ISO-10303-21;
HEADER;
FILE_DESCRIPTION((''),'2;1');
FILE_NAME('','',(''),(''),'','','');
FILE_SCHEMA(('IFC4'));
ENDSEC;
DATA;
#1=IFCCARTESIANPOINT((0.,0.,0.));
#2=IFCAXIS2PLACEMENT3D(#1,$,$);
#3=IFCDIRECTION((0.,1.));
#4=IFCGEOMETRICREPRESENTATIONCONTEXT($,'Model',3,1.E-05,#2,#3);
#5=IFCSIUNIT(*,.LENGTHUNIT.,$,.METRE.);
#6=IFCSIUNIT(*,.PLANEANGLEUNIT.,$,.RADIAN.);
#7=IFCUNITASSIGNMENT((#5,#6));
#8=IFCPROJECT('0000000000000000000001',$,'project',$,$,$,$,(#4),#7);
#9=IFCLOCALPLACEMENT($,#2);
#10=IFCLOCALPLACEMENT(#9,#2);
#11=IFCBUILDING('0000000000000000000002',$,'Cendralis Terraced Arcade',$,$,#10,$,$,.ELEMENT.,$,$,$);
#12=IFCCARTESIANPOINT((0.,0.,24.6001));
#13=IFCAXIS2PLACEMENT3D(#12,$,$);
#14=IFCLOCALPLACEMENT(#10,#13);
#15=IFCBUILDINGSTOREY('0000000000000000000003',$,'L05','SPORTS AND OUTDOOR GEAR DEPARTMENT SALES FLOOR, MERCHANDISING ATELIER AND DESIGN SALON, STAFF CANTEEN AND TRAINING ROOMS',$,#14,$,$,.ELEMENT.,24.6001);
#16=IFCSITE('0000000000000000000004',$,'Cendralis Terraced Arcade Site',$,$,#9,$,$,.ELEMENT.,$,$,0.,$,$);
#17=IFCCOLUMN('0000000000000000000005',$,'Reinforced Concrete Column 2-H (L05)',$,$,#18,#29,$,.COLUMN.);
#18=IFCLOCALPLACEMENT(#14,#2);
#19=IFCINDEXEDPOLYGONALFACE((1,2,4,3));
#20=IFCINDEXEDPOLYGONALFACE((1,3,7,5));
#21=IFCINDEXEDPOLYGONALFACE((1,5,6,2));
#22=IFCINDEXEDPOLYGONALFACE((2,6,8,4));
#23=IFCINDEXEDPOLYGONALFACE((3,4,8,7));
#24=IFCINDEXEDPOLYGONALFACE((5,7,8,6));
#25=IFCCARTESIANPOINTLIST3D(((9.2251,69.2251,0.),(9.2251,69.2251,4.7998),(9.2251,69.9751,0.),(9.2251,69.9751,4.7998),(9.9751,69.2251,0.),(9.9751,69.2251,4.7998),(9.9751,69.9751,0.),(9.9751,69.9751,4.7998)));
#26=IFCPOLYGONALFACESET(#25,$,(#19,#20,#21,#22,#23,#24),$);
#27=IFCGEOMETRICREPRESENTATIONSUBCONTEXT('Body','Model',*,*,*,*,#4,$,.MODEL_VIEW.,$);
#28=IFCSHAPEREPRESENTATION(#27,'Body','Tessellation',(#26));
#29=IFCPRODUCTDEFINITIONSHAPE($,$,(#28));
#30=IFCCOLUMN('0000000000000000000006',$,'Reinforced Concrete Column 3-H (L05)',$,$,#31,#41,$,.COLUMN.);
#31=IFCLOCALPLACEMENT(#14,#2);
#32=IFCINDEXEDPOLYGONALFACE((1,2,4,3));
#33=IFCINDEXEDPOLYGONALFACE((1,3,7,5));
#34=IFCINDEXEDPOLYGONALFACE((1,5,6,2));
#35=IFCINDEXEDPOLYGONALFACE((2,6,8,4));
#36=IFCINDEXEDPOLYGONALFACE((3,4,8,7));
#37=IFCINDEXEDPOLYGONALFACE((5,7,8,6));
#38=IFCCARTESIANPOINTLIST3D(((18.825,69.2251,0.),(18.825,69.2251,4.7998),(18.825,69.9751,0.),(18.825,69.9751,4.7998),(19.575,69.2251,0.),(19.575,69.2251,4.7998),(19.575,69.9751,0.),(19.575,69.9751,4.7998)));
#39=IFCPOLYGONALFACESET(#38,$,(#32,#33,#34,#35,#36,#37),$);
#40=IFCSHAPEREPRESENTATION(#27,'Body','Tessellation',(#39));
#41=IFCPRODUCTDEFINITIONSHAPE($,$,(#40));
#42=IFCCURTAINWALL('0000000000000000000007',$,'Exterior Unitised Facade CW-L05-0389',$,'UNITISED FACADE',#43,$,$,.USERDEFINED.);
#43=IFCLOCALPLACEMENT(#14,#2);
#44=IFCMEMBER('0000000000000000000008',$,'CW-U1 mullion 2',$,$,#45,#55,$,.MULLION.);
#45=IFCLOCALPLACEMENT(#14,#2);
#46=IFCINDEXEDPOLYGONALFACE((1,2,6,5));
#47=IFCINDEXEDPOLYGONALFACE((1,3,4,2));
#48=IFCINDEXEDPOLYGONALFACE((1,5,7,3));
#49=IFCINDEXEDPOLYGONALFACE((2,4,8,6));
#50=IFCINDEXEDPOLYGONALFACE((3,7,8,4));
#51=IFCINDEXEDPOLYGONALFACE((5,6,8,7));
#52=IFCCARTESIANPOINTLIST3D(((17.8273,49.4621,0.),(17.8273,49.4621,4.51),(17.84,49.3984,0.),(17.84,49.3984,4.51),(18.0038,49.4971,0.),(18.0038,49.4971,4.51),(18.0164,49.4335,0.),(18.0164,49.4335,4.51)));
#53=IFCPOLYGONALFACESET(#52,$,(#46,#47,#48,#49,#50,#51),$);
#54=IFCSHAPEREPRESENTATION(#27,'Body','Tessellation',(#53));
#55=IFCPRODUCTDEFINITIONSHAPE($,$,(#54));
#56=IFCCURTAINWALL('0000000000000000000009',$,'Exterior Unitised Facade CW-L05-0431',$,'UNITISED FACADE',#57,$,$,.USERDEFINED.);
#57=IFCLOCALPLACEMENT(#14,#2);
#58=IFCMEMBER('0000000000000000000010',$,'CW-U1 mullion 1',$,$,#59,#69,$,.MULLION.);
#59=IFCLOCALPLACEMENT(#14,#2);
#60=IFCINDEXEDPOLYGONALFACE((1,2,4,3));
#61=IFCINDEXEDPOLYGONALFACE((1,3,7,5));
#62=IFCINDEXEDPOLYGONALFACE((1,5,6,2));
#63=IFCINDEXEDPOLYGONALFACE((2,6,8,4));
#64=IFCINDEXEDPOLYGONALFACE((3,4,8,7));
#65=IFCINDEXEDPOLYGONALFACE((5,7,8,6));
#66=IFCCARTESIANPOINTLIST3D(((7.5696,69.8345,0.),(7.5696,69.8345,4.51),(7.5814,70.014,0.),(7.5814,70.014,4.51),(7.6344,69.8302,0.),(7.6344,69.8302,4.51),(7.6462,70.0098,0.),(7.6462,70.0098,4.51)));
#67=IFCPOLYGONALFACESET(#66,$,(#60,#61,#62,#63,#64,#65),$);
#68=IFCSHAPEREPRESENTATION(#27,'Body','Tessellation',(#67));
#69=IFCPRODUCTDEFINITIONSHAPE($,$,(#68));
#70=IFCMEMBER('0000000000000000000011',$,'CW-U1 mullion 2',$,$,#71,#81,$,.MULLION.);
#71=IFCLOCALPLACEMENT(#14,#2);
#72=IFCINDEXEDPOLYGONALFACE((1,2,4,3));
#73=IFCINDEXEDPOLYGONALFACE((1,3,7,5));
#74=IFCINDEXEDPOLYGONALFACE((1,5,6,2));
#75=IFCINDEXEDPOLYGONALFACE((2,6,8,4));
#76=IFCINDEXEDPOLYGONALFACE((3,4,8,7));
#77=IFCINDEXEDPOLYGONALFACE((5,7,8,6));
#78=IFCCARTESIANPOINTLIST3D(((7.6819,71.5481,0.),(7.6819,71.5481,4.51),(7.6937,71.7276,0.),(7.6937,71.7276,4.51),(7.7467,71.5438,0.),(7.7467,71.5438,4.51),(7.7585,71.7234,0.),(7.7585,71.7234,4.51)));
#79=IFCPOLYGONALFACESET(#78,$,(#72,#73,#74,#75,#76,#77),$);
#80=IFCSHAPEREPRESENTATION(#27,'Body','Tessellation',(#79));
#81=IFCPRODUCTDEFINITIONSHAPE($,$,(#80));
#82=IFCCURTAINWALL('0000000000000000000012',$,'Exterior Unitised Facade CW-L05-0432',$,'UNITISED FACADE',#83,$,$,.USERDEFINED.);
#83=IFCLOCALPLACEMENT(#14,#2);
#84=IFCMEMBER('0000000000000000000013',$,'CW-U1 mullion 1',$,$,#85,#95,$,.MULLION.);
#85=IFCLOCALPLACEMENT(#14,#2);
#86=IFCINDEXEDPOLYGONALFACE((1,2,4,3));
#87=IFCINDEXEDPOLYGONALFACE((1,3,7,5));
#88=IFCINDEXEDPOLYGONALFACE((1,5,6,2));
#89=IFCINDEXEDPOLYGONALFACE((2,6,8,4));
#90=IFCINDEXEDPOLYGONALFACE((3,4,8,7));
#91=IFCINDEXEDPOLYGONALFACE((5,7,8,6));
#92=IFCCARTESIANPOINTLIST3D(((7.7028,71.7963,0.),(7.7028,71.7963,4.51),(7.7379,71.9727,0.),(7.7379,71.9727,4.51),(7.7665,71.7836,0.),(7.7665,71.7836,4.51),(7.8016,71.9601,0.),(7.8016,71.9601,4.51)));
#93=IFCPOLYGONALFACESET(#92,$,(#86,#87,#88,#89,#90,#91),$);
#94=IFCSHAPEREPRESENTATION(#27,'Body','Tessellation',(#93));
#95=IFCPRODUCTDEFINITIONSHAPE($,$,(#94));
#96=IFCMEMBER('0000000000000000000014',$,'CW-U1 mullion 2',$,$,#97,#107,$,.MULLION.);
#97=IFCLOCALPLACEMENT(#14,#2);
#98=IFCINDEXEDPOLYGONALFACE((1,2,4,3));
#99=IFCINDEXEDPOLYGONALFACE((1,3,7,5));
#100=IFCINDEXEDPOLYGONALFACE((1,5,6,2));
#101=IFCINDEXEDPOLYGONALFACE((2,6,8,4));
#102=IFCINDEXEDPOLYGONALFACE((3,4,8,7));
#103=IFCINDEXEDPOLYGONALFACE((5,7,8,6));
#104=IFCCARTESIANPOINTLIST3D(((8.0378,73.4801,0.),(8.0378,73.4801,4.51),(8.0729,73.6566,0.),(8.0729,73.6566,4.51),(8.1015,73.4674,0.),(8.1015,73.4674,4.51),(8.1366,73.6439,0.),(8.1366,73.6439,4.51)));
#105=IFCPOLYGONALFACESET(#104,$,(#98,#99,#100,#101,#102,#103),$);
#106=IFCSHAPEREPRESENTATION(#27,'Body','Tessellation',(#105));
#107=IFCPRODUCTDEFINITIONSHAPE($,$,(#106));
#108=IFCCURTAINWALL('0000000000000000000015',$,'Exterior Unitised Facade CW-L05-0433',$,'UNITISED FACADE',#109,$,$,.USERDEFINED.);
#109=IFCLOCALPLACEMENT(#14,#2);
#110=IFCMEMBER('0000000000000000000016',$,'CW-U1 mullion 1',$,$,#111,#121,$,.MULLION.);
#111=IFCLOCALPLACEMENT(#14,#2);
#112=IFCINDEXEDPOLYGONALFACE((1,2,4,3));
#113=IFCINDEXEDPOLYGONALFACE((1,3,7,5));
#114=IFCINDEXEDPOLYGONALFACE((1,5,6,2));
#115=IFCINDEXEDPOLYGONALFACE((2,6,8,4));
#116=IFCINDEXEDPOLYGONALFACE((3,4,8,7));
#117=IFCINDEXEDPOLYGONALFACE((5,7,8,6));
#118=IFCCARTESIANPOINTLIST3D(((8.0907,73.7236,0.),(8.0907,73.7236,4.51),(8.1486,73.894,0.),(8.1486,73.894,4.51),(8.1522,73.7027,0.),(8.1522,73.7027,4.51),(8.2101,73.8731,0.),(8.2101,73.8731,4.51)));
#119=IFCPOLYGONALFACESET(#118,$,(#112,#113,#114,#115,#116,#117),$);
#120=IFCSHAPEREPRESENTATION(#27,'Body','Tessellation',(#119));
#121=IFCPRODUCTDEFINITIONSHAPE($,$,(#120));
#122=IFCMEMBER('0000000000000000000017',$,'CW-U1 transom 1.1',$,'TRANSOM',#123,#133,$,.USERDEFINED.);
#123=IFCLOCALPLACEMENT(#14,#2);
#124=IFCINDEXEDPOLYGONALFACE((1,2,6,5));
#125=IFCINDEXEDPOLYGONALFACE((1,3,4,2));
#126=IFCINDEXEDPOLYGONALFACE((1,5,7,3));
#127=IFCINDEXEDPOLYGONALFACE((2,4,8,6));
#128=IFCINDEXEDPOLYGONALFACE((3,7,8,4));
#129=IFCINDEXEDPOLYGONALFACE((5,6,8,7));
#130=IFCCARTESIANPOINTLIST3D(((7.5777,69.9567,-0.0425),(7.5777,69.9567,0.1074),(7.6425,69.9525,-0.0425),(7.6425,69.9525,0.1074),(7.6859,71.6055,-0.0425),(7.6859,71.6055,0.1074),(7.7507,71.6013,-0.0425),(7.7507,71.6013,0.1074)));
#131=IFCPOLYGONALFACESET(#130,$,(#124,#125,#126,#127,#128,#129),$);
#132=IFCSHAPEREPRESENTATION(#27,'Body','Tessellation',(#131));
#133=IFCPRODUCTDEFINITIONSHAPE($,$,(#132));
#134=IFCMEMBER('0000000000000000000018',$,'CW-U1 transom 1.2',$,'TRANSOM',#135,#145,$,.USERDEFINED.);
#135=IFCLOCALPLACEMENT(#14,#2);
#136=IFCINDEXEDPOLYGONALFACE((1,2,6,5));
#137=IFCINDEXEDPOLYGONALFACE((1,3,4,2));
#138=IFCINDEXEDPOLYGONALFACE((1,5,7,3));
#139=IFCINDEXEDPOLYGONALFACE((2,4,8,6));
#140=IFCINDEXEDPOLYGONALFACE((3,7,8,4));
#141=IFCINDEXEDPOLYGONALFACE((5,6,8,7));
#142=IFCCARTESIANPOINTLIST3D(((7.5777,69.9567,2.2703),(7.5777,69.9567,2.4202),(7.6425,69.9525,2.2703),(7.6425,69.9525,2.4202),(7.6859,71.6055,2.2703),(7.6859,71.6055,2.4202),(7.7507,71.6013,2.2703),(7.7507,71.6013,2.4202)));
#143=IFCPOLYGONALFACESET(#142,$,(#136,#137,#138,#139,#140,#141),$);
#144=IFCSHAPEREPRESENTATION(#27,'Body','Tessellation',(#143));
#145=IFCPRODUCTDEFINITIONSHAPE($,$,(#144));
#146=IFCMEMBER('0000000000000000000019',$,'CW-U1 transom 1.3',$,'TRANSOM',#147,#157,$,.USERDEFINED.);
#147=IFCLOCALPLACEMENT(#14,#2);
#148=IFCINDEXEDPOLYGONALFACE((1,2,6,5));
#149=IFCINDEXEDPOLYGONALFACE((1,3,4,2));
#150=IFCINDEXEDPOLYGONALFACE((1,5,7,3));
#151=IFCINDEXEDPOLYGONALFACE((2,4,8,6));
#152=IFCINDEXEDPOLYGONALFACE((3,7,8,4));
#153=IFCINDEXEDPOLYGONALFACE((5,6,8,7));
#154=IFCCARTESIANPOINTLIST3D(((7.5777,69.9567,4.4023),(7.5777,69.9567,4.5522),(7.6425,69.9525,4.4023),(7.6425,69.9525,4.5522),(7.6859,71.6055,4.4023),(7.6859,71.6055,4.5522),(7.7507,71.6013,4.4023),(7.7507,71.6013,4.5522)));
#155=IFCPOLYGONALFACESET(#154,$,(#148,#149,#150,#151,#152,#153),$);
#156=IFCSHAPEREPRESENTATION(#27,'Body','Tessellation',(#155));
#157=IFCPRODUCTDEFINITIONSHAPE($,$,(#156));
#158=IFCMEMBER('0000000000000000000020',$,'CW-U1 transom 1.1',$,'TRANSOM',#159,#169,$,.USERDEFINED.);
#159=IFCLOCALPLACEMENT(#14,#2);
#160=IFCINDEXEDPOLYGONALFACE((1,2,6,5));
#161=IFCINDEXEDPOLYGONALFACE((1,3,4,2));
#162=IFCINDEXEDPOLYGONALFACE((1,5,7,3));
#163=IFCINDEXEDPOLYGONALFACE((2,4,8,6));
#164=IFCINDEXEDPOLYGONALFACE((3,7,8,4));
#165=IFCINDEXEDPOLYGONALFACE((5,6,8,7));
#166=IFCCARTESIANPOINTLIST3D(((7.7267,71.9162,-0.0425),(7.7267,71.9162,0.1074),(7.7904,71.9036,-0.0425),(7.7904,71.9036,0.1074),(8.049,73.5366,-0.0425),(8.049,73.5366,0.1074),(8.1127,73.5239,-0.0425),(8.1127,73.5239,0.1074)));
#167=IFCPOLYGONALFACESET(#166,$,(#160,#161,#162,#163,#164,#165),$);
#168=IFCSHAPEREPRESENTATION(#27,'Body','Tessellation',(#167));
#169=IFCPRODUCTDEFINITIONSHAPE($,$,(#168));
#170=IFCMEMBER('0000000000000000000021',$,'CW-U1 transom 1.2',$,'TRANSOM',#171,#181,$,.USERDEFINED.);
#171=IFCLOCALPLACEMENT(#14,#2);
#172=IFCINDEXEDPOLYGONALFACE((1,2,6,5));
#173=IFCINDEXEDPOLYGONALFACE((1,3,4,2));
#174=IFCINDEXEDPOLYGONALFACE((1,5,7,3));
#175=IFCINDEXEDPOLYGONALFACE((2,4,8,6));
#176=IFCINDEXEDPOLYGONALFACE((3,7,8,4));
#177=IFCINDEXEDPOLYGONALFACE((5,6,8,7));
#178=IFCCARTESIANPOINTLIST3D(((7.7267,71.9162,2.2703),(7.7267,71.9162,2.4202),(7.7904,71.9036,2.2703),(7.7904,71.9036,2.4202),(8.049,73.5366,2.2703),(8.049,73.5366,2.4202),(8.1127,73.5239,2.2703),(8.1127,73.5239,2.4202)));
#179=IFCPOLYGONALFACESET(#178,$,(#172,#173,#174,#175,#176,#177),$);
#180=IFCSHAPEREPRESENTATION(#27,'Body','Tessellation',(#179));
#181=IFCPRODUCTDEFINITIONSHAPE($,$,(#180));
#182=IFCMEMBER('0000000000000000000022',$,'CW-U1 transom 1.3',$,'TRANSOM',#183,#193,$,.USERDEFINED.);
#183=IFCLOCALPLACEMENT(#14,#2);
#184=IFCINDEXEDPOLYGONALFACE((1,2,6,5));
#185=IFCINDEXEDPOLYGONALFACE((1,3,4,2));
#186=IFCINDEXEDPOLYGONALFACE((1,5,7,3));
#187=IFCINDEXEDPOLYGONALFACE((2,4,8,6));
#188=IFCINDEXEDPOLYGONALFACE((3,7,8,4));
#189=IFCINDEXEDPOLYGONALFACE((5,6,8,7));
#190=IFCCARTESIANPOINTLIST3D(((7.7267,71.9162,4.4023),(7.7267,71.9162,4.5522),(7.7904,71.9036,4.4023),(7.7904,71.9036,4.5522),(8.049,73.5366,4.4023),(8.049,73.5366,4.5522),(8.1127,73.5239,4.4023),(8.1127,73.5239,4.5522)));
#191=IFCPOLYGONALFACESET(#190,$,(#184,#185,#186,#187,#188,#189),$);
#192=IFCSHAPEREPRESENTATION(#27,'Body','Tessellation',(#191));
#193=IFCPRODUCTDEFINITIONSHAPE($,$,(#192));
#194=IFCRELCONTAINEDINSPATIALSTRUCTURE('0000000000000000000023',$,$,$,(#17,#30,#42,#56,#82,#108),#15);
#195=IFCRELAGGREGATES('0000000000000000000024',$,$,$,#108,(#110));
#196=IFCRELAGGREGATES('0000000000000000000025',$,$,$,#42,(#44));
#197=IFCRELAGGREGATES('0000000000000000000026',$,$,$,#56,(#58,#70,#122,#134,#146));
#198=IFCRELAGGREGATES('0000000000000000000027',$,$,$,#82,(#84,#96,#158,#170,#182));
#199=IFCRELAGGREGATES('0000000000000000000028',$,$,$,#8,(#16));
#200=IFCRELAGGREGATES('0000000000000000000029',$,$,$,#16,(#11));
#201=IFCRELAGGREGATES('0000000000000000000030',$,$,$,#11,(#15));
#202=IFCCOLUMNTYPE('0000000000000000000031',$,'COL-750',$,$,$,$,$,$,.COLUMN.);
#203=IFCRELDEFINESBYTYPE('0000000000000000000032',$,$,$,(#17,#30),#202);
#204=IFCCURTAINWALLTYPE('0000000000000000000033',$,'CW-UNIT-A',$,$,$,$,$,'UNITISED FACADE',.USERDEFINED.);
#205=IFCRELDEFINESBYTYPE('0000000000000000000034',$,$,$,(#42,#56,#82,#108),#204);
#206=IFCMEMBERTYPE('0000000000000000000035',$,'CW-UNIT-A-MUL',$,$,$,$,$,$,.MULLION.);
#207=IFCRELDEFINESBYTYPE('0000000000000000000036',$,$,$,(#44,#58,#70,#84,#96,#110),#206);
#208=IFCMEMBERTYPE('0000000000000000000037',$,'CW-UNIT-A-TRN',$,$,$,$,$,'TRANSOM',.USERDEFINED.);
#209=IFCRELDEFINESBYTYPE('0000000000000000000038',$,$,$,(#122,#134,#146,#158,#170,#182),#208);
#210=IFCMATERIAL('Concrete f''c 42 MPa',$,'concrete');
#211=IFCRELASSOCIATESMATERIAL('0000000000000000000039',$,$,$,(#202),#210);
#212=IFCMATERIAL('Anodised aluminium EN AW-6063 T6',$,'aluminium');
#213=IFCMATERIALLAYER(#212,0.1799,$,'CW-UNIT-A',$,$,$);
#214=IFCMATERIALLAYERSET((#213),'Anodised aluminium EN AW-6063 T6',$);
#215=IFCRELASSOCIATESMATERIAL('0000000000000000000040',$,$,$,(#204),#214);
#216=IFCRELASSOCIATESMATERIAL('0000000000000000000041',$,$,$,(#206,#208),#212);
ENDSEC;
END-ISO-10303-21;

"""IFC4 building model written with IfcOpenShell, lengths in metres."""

from ifc_helpers import new_model, si_unit, direction, frame, origin, origin_2d, place, context, subcontext, project, spatial, rectangle, extrude, material, layer, layer_set, material_profile, profile_set, type_object, element, aggregate, save


model = new_model("IFC4")

# Units and contexts
model_context = context("Model", 3, precision=1e-05, world=origin(), true_north=direction((0.0, 1.0)))
body_context = subcontext(model_context, "Body", "Model", "MODEL_VIEW")
ifc_project = project(units=[si_unit("LENGTHUNIT", "METRE"), si_unit("PLANEANGLEUNIT", "RADIAN")], contexts=[model_context])

# Site, building, storey
site_placement = place(None, origin())
site = spatial("IfcSite", under=ifc_project, at=site_placement, Name="Cendralis Terraced Arcade Site", CompositionType="ELEMENT", RefElevation=0.0)
building_placement = place(site_placement, origin())
building = spatial("IfcBuilding", under=site, at=building_placement, Name="Cendralis Terraced Arcade", CompositionType="ELEMENT")
storey_placement = place(building_placement, frame((0.0, 0.0, 24.6001)))
storey = spatial("IfcBuildingStorey", under=building, at=storey_placement, Name="L05", Description="SPORTS AND OUTDOOR GEAR DEPARTMENT SALES FLOOR, MERCHANDISING ATELIER AND DESIGN SALON, STAFF CANTEEN AND TRAINING ROOMS", CompositionType="ELEMENT", Elevation=24.6001)

# Columns
ifc_material_1 = material(Name="Concrete f'c 42 MPa", Category="concrete")
ifc_material_profile_1 = material_profile(ifc_material_1, rectangle(XDim=0.75, YDim=0.75, at=origin_2d()), Name="RC-COL-750x750", Category="LoadBearing")
ifc_profile_set_1 = profile_set([ifc_material_profile_1], Name="Concrete f'c 42 MPa")
column_type = type_object("IfcColumnType", Name="COL-750", PredefinedType="COLUMN", material=ifc_profile_set_1)
for number, where, z_axis, x_axis, name in (
    (1, (9.6001, 69.6001, 0.0), (0.0, 0.0, 1.0), (1.0, 0.0, 0.0), "Reinforced Concrete Column 2-H (L05)"),
    (2, (19.2, 69.6001, 0.0), (0.0, 0.0, 1.0), (1.0, 0.0, 0.0), "Reinforced Concrete Column 3-H (L05)"),
):
    element("IfcColumn", number, at=place(storey_placement, frame(where, z_axis=z_axis, x_axis=x_axis)), inside=storey, type_object=column_type, Name=name, PredefinedType="COLUMN", context=body_context, shape_type="SweptSolid", body=[
        extrude(rectangle(XDim=0.75, YDim=0.75, at=origin_2d()), origin(), (0.0, 0.0, 1.0), 4.7998),
    ])

# Curtain wall, member
ifc_material_2 = material(Name="Anodised aluminium EN AW-6063 T6", Category="aluminium")
ifc_layer_1 = layer(ifc_material_2, 0.1799, Name="CW-UNIT-A")
ifc_layer_set_1 = layer_set([ifc_layer_1], Name="Anodised aluminium EN AW-6063 T6")
curtain_wall_type = type_object("IfcCurtainWallType", Name="CW-UNIT-A", ElementType="UNITISED FACADE", PredefinedType="USERDEFINED", material=ifc_layer_set_1)
curtain_wall_1_placement = place(storey_placement, origin())
curtain_wall_1 = element("IfcCurtainWall", 3, at=curtain_wall_1_placement, inside=storey, type_object=curtain_wall_type, Name="Exterior Unitised Facade CW-L05-0389", ObjectType="UNITISED FACADE", PredefinedType="USERDEFINED")
ifc_material_profile_2 = material_profile(ifc_material_2, rectangle(XDim=0.0649, YDim=0.1799, at=origin_2d()), Name="ALU-MUL-65x180")
ifc_profile_set_2 = profile_set([ifc_material_profile_2], Name="Anodised aluminium EN AW-6063 T6")
member_type_1 = type_object("IfcMemberType", Name="CW-UNIT-A-MUL", PredefinedType="MULLION", material=ifc_profile_set_2)
member_1_placement = place(storey_placement, frame((17.9219, 49.4478, 0.0), z_axis=(0.0, 0.0, 1.0), x_axis=(-0.195058, 0.980792, 0.0)))
member_1 = element("IfcMember", 4, at=member_1_placement, type_object=member_type_1, Name="CW-U1 mullion 2", PredefinedType="MULLION", context=body_context, shape_type="SweptSolid", body=[
    extrude(rectangle(XDim=0.0649, YDim=0.1799, at=origin_2d()), origin(), (0.0, 0.0, 1.0), 4.51),
])

# Curtain walls, members
curtain_wall_2_placement = place(storey_placement, origin())
curtain_wall_2 = element("IfcCurtainWall", 5, at=curtain_wall_2_placement, inside=storey, type_object=curtain_wall_type, Name="Exterior Unitised Facade CW-L05-0431", ObjectType="UNITISED FACADE", PredefinedType="USERDEFINED")
member_2_placement = place(storey_placement, frame((7.6079, 69.9221, 0.0), z_axis=(0.0, 0.0, 1.0), x_axis=(-0.997861, 0.065372, 0.0)))
member_2 = element("IfcMember", 6, at=member_2_placement, type_object=member_type_1, Name="CW-U1 mullion 1", PredefinedType="MULLION", context=body_context, shape_type="SweptSolid", body=[
    extrude(rectangle(XDim=0.0649, YDim=0.1799, at=origin_2d()), origin(), (0.0, 0.0, 1.0), 4.51),
])
member_3_placement = place(storey_placement, frame((7.7202, 71.6357, 0.0), z_axis=(0.0, 0.0, 1.0), x_axis=(-0.997861, 0.065372, 0.0)))
member_3 = element("IfcMember", 7, at=member_3_placement, type_object=member_type_1, Name="CW-U1 mullion 2", PredefinedType="MULLION", context=body_context, shape_type="SweptSolid", body=[
    extrude(rectangle(XDim=0.0649, YDim=0.1799, at=origin_2d()), origin(), (0.0, 0.0, 1.0), 4.51),
])
curtain_wall_3_placement = place(storey_placement, origin())
curtain_wall_3 = element("IfcCurtainWall", 8, at=curtain_wall_3_placement, inside=storey, type_object=curtain_wall_type, Name="Exterior Unitised Facade CW-L05-0432", ObjectType="UNITISED FACADE", PredefinedType="USERDEFINED")
member_4_placement = place(storey_placement, frame((7.7522, 71.8782, 0.0), z_axis=(0.0, 0.0, 1.0), x_axis=(-0.980792, 0.195058, 0.0)))
member_4 = element("IfcMember", 9, at=member_4_placement, type_object=member_type_1, Name="CW-U1 mullion 1", PredefinedType="MULLION", context=body_context, shape_type="SweptSolid", body=[
    extrude(rectangle(XDim=0.0649, YDim=0.1799, at=origin_2d()), origin(), (0.0, 0.0, 1.0), 4.51),
])
member_5_placement = place(storey_placement, frame((8.0872, 73.562, 0.0), z_axis=(0.0, 0.0, 1.0), x_axis=(-0.980792, 0.195058, 0.0)))
member_5 = element("IfcMember", 10, at=member_5_placement, type_object=member_type_1, Name="CW-U1 mullion 2", PredefinedType="MULLION", context=body_context, shape_type="SweptSolid", body=[
    extrude(rectangle(XDim=0.0649, YDim=0.1799, at=origin_2d()), origin(), (0.0, 0.0, 1.0), 4.51),
])

# Curtain wall, member
curtain_wall_4_placement = place(storey_placement, origin())
curtain_wall_4 = element("IfcCurtainWall", 11, at=curtain_wall_4_placement, inside=storey, type_object=curtain_wall_type, Name="Exterior Unitised Facade CW-L05-0433", ObjectType="UNITISED FACADE", PredefinedType="USERDEFINED")
member_6_placement = place(storey_placement, frame((8.1504, 73.7983, 0.0), z_axis=(0.0, 0.0, 1.0), x_axis=(-0.946924, 0.321458, 0.0)))
member_6 = element("IfcMember", 12, at=member_6_placement, type_object=member_type_1, Name="CW-U1 mullion 1", PredefinedType="MULLION", context=body_context, shape_type="SweptSolid", body=[
    extrude(rectangle(XDim=0.0649, YDim=0.1799, at=origin_2d()), origin(), (0.0, 0.0, 1.0), 4.51),
])

# Members
ifc_material_profile_3 = material_profile(ifc_material_2, rectangle(XDim=0.0649, YDim=0.1499, at=origin_2d()), Name="ALU-TRN-65x150")
ifc_profile_set_3 = profile_set([ifc_material_profile_3], Name="Anodised aluminium EN AW-6063 T6")
member_type_2 = type_object("IfcMemberType", Name="CW-UNIT-A-TRN", ElementType="TRANSOM", PredefinedType="USERDEFINED", material=ifc_profile_set_3)
member_7_placement = place(storey_placement, frame((7.6101, 69.9546, 0.0325), z_axis=(0.06546, 0.997855, 0.0), x_axis=(-0.997855, 0.06546, 0.0)))
member_7 = element("IfcMember", 13, at=member_7_placement, type_object=member_type_2, Name="CW-U1 transom 1.1", ObjectType="TRANSOM", PredefinedType="USERDEFINED", context=body_context, shape_type="SweptSolid", body=[
    extrude(rectangle(XDim=0.0649, YDim=0.1499, at=origin_2d()), origin(), (0.0, 0.0, 1.0), 1.6523),
])
member_8_placement = place(storey_placement, frame((7.6101, 69.9546, 2.3452), z_axis=(0.06546, 0.997855, 0.0), x_axis=(-0.997855, 0.06546, 0.0)))
member_8 = element("IfcMember", 14, at=member_8_placement, type_object=member_type_2, Name="CW-U1 transom 1.2", ObjectType="TRANSOM", PredefinedType="USERDEFINED", context=body_context, shape_type="SweptSolid", body=[
    extrude(rectangle(XDim=0.0649, YDim=0.1499, at=origin_2d()), origin(), (0.0, 0.0, 1.0), 1.6523),
])
member_9_placement = place(storey_placement, frame((7.6101, 69.9546, 4.4773), z_axis=(0.06546, 0.997855, 0.0), x_axis=(-0.997855, 0.06546, 0.0)))
member_9 = element("IfcMember", 15, at=member_9_placement, type_object=member_type_2, Name="CW-U1 transom 1.3", ObjectType="TRANSOM", PredefinedType="USERDEFINED", context=body_context, shape_type="SweptSolid", body=[
    extrude(rectangle(XDim=0.0649, YDim=0.1499, at=origin_2d()), origin(), (0.0, 0.0, 1.0), 1.6523),
])
member_10_placement = place(storey_placement, frame((7.7585, 71.9099, 0.0325), z_axis=(0.195065, 0.98079, 0.0), x_axis=(-0.98079, 0.195065, 0.0)))
member_10 = element("IfcMember", 16, at=member_10_placement, type_object=member_type_2, Name="CW-U1 transom 1.1", ObjectType="TRANSOM", PredefinedType="USERDEFINED", context=body_context, shape_type="SweptSolid", body=[
    extrude(rectangle(XDim=0.0649, YDim=0.1499, at=origin_2d()), origin(), (0.0, 0.0, 1.0), 1.6521),
])
member_11_placement = place(storey_placement, frame((7.7585, 71.9099, 2.3452), z_axis=(0.195065, 0.98079, 0.0), x_axis=(-0.98079, 0.195065, 0.0)))
member_11 = element("IfcMember", 17, at=member_11_placement, type_object=member_type_2, Name="CW-U1 transom 1.2", ObjectType="TRANSOM", PredefinedType="USERDEFINED", context=body_context, shape_type="SweptSolid", body=[
    extrude(rectangle(XDim=0.0649, YDim=0.1499, at=origin_2d()), origin(), (0.0, 0.0, 1.0), 1.6521),
])
member_12_placement = place(storey_placement, frame((7.7585, 71.9099, 4.4773), z_axis=(0.195065, 0.98079, 0.0), x_axis=(-0.98079, 0.195065, 0.0)))
member_12 = element("IfcMember", 18, at=member_12_placement, type_object=member_type_2, Name="CW-U1 transom 1.3", ObjectType="TRANSOM", PredefinedType="USERDEFINED", context=body_context, shape_type="SweptSolid", body=[
    extrude(rectangle(XDim=0.0649, YDim=0.1499, at=origin_2d()), origin(), (0.0, 0.0, 1.0), 1.6521),
])
aggregate(curtain_wall_4, [member_6])

aggregate(curtain_wall_1, [member_1])
aggregate(curtain_wall_2, [member_2, member_3, member_7, member_8, member_9])
aggregate(curtain_wall_3, [member_4, member_5, member_10, member_11, member_12])

save(model, "model.ifc")
